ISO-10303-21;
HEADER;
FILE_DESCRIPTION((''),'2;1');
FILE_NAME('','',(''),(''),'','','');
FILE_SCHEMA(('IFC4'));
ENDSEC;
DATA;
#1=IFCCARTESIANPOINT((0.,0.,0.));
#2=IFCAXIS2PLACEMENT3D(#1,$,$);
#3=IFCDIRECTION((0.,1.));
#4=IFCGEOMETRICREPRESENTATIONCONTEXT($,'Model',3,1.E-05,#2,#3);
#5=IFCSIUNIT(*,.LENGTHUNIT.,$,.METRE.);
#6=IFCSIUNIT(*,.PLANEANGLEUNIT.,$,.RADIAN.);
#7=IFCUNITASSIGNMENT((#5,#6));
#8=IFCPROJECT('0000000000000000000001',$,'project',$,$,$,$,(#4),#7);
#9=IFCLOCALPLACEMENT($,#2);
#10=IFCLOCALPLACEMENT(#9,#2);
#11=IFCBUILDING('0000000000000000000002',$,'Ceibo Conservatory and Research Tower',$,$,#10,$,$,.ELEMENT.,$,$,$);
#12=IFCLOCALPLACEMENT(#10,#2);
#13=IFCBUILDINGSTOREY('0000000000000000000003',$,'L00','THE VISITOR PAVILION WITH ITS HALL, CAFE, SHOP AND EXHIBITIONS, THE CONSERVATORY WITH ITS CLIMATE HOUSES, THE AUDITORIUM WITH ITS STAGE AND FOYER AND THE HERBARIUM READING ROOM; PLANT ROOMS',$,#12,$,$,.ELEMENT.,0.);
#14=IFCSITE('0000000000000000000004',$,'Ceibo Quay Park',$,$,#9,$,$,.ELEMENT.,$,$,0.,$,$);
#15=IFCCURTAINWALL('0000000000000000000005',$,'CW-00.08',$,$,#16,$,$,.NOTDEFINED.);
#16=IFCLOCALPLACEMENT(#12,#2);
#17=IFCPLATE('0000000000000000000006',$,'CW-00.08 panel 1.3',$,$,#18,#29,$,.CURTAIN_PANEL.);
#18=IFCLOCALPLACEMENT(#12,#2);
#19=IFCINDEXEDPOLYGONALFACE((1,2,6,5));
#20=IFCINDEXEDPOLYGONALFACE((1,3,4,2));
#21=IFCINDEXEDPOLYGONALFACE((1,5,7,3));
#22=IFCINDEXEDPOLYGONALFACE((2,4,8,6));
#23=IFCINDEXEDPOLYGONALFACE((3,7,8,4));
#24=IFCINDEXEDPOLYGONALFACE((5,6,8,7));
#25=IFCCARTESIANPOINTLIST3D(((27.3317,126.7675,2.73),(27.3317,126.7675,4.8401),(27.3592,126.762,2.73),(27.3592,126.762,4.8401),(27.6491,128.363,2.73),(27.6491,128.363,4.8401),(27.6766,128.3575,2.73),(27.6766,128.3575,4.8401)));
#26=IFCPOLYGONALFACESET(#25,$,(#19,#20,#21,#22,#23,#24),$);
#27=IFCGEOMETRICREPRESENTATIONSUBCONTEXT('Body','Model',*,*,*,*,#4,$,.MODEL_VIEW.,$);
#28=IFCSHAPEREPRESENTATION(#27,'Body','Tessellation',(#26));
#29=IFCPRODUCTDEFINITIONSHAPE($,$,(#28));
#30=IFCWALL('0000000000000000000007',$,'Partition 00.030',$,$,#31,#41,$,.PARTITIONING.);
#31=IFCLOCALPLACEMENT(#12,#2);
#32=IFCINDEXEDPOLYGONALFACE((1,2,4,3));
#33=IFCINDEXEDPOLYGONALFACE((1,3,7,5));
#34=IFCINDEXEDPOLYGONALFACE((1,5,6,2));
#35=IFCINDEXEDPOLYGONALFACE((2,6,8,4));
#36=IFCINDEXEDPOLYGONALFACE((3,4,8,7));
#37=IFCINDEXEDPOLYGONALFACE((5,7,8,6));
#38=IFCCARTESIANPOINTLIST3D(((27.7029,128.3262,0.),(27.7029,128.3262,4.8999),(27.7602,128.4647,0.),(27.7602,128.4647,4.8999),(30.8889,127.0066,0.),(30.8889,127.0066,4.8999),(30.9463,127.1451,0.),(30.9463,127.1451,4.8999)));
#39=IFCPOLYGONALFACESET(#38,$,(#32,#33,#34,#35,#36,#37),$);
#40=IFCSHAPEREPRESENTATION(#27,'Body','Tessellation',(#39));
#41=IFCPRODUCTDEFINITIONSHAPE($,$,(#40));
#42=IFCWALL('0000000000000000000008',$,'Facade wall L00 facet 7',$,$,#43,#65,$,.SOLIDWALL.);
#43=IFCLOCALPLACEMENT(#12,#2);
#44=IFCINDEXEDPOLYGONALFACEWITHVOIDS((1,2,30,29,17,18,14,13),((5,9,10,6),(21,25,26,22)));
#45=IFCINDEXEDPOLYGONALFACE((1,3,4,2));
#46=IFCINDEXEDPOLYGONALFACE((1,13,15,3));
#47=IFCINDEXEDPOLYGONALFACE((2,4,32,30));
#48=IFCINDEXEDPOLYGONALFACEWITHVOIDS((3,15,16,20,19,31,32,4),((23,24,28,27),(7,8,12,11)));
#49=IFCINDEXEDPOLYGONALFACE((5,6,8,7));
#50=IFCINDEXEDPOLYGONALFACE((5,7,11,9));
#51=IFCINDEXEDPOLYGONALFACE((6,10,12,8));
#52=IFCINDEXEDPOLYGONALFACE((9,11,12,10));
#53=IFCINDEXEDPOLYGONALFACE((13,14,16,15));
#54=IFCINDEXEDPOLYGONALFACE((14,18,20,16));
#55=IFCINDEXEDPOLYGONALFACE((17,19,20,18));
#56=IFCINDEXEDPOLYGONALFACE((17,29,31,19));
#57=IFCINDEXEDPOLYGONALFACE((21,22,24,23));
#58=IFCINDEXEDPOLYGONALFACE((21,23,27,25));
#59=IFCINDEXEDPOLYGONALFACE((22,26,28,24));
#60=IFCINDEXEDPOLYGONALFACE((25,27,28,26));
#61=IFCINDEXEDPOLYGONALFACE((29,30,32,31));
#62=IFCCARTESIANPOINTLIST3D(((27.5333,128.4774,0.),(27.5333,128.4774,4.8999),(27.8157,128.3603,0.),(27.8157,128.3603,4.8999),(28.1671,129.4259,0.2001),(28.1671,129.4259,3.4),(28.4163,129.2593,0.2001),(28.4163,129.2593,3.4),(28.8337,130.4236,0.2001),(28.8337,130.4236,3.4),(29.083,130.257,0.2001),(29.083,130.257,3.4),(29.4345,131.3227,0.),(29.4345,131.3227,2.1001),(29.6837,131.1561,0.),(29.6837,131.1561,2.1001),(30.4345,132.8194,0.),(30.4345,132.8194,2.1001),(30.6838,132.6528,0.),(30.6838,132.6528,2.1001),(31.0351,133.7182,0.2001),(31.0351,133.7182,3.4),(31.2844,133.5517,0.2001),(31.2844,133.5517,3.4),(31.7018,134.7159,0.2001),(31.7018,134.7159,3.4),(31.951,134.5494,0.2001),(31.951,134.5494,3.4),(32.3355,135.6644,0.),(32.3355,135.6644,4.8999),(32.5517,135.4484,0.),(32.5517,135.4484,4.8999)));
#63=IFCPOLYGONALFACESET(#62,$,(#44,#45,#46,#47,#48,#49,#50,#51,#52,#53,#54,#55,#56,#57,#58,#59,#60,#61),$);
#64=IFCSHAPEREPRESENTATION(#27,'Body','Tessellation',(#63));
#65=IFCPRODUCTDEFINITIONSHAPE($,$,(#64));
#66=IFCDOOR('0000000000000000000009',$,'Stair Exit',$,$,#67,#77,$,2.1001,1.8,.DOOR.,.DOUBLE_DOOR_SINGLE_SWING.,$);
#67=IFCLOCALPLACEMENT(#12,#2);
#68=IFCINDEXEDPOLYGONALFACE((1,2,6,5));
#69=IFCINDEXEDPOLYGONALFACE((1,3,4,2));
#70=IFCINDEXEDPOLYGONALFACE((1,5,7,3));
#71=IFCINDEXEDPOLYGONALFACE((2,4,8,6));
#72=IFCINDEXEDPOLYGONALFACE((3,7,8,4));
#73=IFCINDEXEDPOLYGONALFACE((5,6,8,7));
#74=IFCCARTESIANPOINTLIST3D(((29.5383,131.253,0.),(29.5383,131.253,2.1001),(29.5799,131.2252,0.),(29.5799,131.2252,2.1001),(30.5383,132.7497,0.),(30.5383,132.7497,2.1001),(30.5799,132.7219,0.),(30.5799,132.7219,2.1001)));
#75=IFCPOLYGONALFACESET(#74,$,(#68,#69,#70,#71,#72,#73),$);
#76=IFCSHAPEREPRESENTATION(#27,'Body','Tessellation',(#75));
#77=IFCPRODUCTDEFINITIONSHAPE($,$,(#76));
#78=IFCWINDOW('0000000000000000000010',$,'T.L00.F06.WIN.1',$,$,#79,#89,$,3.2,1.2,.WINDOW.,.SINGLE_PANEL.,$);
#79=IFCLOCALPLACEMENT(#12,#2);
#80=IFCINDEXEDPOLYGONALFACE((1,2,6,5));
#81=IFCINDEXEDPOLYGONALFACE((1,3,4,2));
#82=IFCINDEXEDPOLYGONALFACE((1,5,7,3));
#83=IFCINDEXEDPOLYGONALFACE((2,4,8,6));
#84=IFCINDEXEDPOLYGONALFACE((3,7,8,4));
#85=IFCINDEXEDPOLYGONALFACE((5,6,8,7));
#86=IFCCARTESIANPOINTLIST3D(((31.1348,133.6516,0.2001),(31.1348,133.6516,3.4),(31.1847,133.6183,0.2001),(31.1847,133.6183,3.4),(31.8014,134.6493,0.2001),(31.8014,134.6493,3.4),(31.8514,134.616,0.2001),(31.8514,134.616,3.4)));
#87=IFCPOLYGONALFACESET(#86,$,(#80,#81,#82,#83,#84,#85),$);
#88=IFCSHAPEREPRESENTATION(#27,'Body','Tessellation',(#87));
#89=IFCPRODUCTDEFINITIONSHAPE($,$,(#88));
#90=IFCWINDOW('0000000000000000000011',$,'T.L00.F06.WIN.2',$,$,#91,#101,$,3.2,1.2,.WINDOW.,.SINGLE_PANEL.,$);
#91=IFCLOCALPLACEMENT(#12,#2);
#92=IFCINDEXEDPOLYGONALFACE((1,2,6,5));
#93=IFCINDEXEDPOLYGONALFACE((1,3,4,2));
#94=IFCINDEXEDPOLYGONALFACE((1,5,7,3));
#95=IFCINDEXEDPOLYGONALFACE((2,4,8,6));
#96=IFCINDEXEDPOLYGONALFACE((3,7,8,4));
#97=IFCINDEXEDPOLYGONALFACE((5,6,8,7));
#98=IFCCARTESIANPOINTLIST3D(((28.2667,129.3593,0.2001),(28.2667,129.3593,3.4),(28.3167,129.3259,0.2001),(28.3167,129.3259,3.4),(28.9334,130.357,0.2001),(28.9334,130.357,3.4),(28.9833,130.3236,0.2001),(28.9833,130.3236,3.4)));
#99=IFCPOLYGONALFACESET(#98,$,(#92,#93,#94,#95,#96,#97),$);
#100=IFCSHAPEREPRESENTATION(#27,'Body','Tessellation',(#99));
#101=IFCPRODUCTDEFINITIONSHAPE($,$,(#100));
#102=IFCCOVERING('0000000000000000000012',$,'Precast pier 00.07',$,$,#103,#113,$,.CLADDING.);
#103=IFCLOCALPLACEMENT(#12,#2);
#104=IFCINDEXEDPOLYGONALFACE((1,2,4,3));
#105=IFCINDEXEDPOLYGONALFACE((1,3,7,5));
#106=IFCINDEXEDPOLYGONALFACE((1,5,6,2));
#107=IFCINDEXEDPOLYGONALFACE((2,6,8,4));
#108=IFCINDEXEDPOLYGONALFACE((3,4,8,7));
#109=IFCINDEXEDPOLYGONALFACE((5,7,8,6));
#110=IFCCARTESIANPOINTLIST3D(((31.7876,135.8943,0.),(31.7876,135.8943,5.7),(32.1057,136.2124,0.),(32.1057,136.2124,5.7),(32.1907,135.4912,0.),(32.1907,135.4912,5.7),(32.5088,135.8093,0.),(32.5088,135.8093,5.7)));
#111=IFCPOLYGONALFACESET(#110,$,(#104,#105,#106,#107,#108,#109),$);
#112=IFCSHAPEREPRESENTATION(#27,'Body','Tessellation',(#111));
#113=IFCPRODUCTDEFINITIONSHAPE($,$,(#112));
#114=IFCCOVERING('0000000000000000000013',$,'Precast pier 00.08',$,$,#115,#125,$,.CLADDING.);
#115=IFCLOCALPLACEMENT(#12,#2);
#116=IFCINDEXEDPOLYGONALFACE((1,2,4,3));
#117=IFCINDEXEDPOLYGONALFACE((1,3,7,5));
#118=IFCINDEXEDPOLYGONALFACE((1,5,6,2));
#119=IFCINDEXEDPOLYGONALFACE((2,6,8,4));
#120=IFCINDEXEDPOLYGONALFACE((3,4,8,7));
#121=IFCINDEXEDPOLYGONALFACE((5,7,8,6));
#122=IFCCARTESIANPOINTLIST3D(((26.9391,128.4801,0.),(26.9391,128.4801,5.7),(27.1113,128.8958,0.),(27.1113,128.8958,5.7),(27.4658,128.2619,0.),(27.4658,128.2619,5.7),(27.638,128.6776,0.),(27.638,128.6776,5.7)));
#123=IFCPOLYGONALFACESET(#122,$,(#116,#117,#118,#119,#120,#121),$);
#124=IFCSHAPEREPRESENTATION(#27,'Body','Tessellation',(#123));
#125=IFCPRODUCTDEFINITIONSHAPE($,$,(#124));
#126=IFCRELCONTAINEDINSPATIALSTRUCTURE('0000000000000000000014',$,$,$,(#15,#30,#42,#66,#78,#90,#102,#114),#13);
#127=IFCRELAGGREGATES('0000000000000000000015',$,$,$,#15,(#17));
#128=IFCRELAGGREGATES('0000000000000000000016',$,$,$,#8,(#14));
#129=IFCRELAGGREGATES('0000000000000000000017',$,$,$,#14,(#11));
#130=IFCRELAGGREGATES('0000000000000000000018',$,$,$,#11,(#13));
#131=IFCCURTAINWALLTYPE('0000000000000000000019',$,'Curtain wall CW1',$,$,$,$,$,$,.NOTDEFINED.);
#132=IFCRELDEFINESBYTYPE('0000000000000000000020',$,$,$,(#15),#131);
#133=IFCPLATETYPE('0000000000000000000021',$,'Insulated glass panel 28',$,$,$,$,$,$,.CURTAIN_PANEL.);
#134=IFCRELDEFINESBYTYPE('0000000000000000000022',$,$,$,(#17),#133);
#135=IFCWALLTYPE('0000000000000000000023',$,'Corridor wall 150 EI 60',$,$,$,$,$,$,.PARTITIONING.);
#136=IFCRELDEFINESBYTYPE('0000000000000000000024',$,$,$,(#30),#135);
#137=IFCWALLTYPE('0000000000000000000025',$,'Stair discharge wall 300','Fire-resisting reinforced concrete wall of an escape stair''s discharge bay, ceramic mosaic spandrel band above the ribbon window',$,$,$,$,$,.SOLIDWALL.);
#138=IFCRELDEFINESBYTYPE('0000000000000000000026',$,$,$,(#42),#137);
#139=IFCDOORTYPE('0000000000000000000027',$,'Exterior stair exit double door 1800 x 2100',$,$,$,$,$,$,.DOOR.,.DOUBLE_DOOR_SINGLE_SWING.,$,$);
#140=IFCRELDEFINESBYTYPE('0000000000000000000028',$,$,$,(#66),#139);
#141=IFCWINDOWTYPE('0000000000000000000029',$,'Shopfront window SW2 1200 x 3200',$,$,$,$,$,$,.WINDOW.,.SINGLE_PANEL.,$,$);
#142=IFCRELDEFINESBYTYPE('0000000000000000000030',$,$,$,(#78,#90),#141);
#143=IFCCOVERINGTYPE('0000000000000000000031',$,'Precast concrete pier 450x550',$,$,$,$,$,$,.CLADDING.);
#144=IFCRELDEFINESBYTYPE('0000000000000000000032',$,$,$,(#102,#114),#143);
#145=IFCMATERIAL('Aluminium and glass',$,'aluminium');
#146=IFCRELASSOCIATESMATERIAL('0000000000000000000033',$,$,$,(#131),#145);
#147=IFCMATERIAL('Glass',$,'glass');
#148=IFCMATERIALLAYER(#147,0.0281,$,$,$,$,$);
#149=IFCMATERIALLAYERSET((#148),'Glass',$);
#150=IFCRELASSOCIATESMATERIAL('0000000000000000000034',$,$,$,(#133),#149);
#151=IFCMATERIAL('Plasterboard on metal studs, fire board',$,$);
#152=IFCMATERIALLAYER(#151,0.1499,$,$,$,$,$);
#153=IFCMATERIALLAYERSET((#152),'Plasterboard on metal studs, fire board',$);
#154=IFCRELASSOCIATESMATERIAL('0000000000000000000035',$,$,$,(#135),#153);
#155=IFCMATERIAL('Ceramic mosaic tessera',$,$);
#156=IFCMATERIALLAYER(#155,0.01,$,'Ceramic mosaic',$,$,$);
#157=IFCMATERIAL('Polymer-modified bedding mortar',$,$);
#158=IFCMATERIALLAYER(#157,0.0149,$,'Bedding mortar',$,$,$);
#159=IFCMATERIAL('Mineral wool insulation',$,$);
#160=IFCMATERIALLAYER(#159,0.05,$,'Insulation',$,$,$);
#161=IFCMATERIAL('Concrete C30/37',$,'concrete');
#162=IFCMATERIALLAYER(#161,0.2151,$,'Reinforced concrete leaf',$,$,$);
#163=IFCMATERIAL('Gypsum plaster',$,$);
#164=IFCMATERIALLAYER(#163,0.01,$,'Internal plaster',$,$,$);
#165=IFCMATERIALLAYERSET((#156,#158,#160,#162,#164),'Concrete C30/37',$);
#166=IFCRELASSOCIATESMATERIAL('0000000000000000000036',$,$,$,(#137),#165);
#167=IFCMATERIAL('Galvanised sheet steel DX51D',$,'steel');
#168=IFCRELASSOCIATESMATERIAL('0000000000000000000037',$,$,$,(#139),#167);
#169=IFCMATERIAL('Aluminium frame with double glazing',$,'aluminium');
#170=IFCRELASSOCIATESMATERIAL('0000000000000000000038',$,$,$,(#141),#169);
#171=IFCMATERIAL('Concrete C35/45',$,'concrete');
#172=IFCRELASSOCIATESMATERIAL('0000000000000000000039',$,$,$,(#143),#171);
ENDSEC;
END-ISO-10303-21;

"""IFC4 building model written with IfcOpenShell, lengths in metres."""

from ifc_helpers import new_model, si_unit, direction, frame, frame_2d, origin, origin_2d, place, context, subcontext, project, spatial, polyline, rectangle, outline, extrude, material, layer, layer_set, type_object, element, fill, aggregate, save


model = new_model("IFC4")

# Units and contexts
model_context = context("Model", 3, precision=1e-05, world=origin(), true_north=direction((0.0, 1.0)))
body_context = subcontext(model_context, "Body", "Model", "MODEL_VIEW")
ifc_project = project(units=[si_unit("LENGTHUNIT", "METRE"), si_unit("PLANEANGLEUNIT", "RADIAN")], contexts=[model_context])

# Site, building, storey
site_placement = place(None, origin())
site = spatial("IfcSite", under=ifc_project, at=site_placement, Name="Ceibo Quay Park", CompositionType="ELEMENT", RefElevation=0.0)
building_placement = place(site_placement, origin())
building = spatial("IfcBuilding", under=site, at=building_placement, Name="Ceibo Conservatory and Research Tower", CompositionType="ELEMENT")
storey_placement = place(building_placement, origin())
storey = spatial("IfcBuildingStorey", under=building, at=storey_placement, Name="L00", Description="THE VISITOR PAVILION WITH ITS HALL, CAFE, SHOP AND EXHIBITIONS, THE CONSERVATORY WITH ITS CLIMATE HOUSES, THE AUDITORIUM WITH ITS STAGE AND FOYER AND THE HERBARIUM READING ROOM; PLANT ROOMS", CompositionType="ELEMENT", Elevation=0.0)

# Shared definitions
ifc_material_1 = material(Name="Aluminium and glass", Category="aluminium")
curtain_wall_type = type_object("IfcCurtainWallType", Name="Curtain wall CW1", PredefinedType="NOTDEFINED", material=ifc_material_1)

# Curtain wall
curtain_wall_1_placement = place(storey_placement, origin())
curtain_wall_1 = element("IfcCurtainWall", 1, at=curtain_wall_1_placement, inside=storey, type_object=curtain_wall_type, Name="CW-00.08", PredefinedType="NOTDEFINED")

# Shared definitions
ifc_material_2 = material(Name="Concrete C35/45", Category="concrete")

# Plate
ifc_material_3 = material(Name="Glass", Category="glass")
ifc_layer_1 = layer(ifc_material_3, 0.0281)
ifc_layer_set_1 = layer_set([ifc_layer_1], Name="Glass")
plate_type = type_object("IfcPlateType", Name="Insulated glass panel 28", PredefinedType="CURTAIN_PANEL", material=ifc_layer_set_1)
plate_1_placement = place(storey_placement, frame((27.5042, 127.5625, 2.73), z_axis=(0.0, 0.0, 1.0), x_axis=(-0.19509, -0.980785, 0.0)))
plate_1 = element("IfcPlate", 2, at=plate_1_placement, type_object=plate_type, Name="CW-00.08 panel 1.3", PredefinedType="CURTAIN_PANEL", context=body_context, shape_type="SweptSolid", body=[
    extrude(rectangle(XDim=1.6267, YDim=0.0281, at=origin_2d()), origin(), (0.0, 0.0, 1.0), 2.1101),
])
aggregate(curtain_wall_1, [plate_1])

# Wall
ifc_material_4 = material(Name="Plasterboard on metal studs, fire board")
ifc_layer_2 = layer(ifc_material_4, 0.1499)
ifc_layer_set_2 = layer_set([ifc_layer_2], Name="Plasterboard on metal studs, fire board")
wall_type_1 = type_object("IfcWallType", Name="Corridor wall 150 EI 60", PredefinedType="PARTITIONING", material=ifc_layer_set_2)
wall_1_placement = place(storey_placement, frame((30.9175, 127.0759, 0.0), z_axis=(0.0, 0.0, 1.0), x_axis=(-0.923892, 0.382654, 0.0)))
element("IfcWall", 3, at=wall_1_placement, inside=storey, type_object=wall_type_1, Name="Partition 00.030", PredefinedType="PARTITIONING", context=body_context, shape_type="SweptSolid", body=[
    extrude(rectangle(XDim=3.4485, YDim=0.1499, at=frame_2d((1.7241, 0.0))), origin(), (0.0, 0.0, 1.0), 4.8999),
])

# Wall, openings, door, windows
ifc_material_5 = material(Name="Ceramic mosaic tessera")
ifc_layer_3 = layer(ifc_material_5, 0.01, Name="Ceramic mosaic")
ifc_material_6 = material(Name="Polymer-modified bedding mortar")
ifc_layer_4 = layer(ifc_material_6, 0.0149, Name="Bedding mortar")
ifc_material_7 = material(Name="Mineral wool insulation")
ifc_layer_5 = layer(ifc_material_7, 0.05, Name="Insulation")
ifc_material_8 = material(Name="Concrete C30/37", Category="concrete")
ifc_layer_6 = layer(ifc_material_8, 0.2151, Name="Reinforced concrete leaf")
ifc_material_9 = material(Name="Gypsum plaster")
ifc_layer_7 = layer(ifc_material_9, 0.01, Name="Internal plaster")
ifc_layer_set_3 = layer_set([ifc_layer_3, ifc_layer_4, ifc_layer_5, ifc_layer_6, ifc_layer_7], Name="Concrete C30/37")
wall_type_2 = type_object("IfcWallType", Name="Stair discharge wall 300", Description="Fire-resisting reinforced concrete wall of an escape stair's discharge bay, ceramic mosaic spandrel band above the ribbon window", PredefinedType="SOLIDWALL", material=ifc_layer_set_3)
wall_2_placement = place(storey_placement, frame((32.4436, 135.5564, 0.0), z_axis=(0.0, 0.0, 1.0), x_axis=(-0.555566, -0.831472, 0.0)))
wall_2 = element("IfcWall", 4, at=wall_2_placement, inside=storey, type_object=wall_type_2, Name="Facade wall L00 facet 7", PredefinedType="SOLIDWALL", context=body_context, shape_type="SweptSolid", body=[
    extrude(outline(polyline([(-0.0298, -0.1499), (8.614, -0.1499), (8.5544, 0.1499), (0.0298, 0.1499), (-0.0298, -0.1499)])), origin(), (0.0, 0.0, 1.0), 4.8999),
])
opening_1_placement = place(wall_2_placement, frame((3.3921, 0.0, 0.0)))
opening_1 = element("IfcOpeningElement", 5, at=opening_1_placement, cuts=wall_2, PredefinedType="OPENING", context=body_context, shape_type="SweptSolid", body=[
    extrude(rectangle(XDim=1.8, YDim=2.1001, at=frame_2d((0.8999, 1.05))), frame((0.0, 0.1599, 0.0), z_axis=(0.0, -1.0, 0.0), x_axis=(1.0, 0.0, 0.0)), (0.0, 0.0, 1.0), 0.3201),
])
opening_2_placement = place(wall_2_placement, frame((1.1108, 0.0, 0.2)))
opening_2 = element("IfcOpeningElement", 6, at=opening_2_placement, cuts=wall_2, PredefinedType="OPENING", context=body_context, shape_type="SweptSolid", body=[
    extrude(rectangle(XDim=1.2, YDim=3.2, at=frame_2d((0.6001, 1.6001))), frame((0.0, 0.1599, 0.0), z_axis=(0.0, -1.0, 0.0), x_axis=(1.0, 0.0, 0.0)), (0.0, 0.0, 1.0), 0.3201),
])
opening_3_placement = place(wall_2_placement, frame((6.2732, 0.0, 0.2)))
opening_3 = element("IfcOpeningElement", 7, at=opening_3_placement, cuts=wall_2, PredefinedType="OPENING", context=body_context, shape_type="SweptSolid", body=[
    extrude(rectangle(XDim=1.2, YDim=3.2, at=frame_2d((0.6001, 1.6001))), frame((0.0, 0.1599, 0.0), z_axis=(0.0, -1.0, 0.0), x_axis=(1.0, 0.0, 0.0)), (0.0, 0.0, 1.0), 0.3201),
])
ifc_material_10 = material(Name="Galvanised sheet steel DX51D", Category="steel")
door_type = type_object("IfcDoorType", Name="Exterior stair exit double door 1800 x 2100", OperationType="DOUBLE_DOOR_SINGLE_SWING", PredefinedType="DOOR", material=ifc_material_10)
door_placement = place(opening_1_placement, frame((1.8, 0.0, 0.0), z_axis=(0.0, 0.0, 1.0), x_axis=(-1.0, 0.0, 0.0)))
door = element("IfcDoor", 8, at=door_placement, inside=storey, type_object=door_type, Name="Stair Exit", OperationType="DOUBLE_DOOR_SINGLE_SWING", OverallHeight=2.1001, OverallWidth=1.8, PredefinedType="DOOR", context=body_context, shape_type="SweptSolid", body=[
    extrude(rectangle(XDim=1.8, YDim=2.1001, at=frame_2d((0.8999, 1.05))), frame((0.0, 0.0249, 0.0), z_axis=(0.0, -1.0, 0.0), x_axis=(1.0, 0.0, 0.0)), (0.0, 0.0, 1.0), 0.05),
])
fill(opening_1, door)
ifc_material_11 = material(Name="Aluminium frame with double glazing", Category="aluminium")
window_type = type_object("IfcWindowType", Name="Shopfront window SW2 1200 x 3200", PartitioningType="SINGLE_PANEL", PredefinedType="WINDOW", material=ifc_material_11)
window_1_placement = place(opening_2_placement, origin())
window_1 = element("IfcWindow", 9, at=window_1_placement, inside=storey, type_object=window_type, Name="T.L00.F06.WIN.1", OverallHeight=3.2, OverallWidth=1.2, PartitioningType="SINGLE_PANEL", PredefinedType="WINDOW", context=body_context, shape_type="SweptSolid", body=[
    extrude(rectangle(XDim=1.2, YDim=3.2, at=frame_2d((0.6001, 1.6001))), frame((0.0, 0.03, 0.0), z_axis=(0.0, -1.0, 0.0), x_axis=(1.0, 0.0, 0.0)), (0.0, 0.0, 1.0), 0.0601),
])
fill(opening_2, window_1)
window_2_placement = place(opening_3_placement, origin())
window_2 = element("IfcWindow", 10, at=window_2_placement, inside=storey, type_object=window_type, Name="T.L00.F06.WIN.2", OverallHeight=3.2, OverallWidth=1.2, PartitioningType="SINGLE_PANEL", PredefinedType="WINDOW", context=body_context, shape_type="SweptSolid", body=[
    extrude(rectangle(XDim=1.2, YDim=3.2, at=frame_2d((0.6001, 1.6001))), frame((0.0, 0.03, 0.0), z_axis=(0.0, -1.0, 0.0), x_axis=(1.0, 0.0, 0.0)), (0.0, 0.0, 1.0), 0.0601),
])
fill(opening_3, window_2)

# Coverings
covering_type = type_object("IfcCoveringType", Name="Precast concrete pier 450x550", PredefinedType="CLADDING", material=ifc_material_2)
for number, where, z_axis, x_axis, name in (
    (11, (32.1482, 135.8518, 0.0), (0.0, 0.0, 1.0), (-0.707107, 0.707107, 0.0), "Precast pier 00.07"),
    (12, (27.2886, 128.5789, 0.0), (0.0, 0.0, 1.0), (-0.92388, 0.382683, 0.0), "Precast pier 00.08"),
):
    element("IfcCovering", number, at=place(storey_placement, frame(where, z_axis=z_axis, x_axis=x_axis)), inside=storey, type_object=covering_type, Name=name, PredefinedType="CLADDING", context=body_context, shape_type="SweptSolid", body=[
        extrude(rectangle(XDim=0.5701, YDim=0.45, at=origin_2d()), origin(), (0.0, 0.0, 1.0), 5.7),
    ])

save(model, "model.ifc")
